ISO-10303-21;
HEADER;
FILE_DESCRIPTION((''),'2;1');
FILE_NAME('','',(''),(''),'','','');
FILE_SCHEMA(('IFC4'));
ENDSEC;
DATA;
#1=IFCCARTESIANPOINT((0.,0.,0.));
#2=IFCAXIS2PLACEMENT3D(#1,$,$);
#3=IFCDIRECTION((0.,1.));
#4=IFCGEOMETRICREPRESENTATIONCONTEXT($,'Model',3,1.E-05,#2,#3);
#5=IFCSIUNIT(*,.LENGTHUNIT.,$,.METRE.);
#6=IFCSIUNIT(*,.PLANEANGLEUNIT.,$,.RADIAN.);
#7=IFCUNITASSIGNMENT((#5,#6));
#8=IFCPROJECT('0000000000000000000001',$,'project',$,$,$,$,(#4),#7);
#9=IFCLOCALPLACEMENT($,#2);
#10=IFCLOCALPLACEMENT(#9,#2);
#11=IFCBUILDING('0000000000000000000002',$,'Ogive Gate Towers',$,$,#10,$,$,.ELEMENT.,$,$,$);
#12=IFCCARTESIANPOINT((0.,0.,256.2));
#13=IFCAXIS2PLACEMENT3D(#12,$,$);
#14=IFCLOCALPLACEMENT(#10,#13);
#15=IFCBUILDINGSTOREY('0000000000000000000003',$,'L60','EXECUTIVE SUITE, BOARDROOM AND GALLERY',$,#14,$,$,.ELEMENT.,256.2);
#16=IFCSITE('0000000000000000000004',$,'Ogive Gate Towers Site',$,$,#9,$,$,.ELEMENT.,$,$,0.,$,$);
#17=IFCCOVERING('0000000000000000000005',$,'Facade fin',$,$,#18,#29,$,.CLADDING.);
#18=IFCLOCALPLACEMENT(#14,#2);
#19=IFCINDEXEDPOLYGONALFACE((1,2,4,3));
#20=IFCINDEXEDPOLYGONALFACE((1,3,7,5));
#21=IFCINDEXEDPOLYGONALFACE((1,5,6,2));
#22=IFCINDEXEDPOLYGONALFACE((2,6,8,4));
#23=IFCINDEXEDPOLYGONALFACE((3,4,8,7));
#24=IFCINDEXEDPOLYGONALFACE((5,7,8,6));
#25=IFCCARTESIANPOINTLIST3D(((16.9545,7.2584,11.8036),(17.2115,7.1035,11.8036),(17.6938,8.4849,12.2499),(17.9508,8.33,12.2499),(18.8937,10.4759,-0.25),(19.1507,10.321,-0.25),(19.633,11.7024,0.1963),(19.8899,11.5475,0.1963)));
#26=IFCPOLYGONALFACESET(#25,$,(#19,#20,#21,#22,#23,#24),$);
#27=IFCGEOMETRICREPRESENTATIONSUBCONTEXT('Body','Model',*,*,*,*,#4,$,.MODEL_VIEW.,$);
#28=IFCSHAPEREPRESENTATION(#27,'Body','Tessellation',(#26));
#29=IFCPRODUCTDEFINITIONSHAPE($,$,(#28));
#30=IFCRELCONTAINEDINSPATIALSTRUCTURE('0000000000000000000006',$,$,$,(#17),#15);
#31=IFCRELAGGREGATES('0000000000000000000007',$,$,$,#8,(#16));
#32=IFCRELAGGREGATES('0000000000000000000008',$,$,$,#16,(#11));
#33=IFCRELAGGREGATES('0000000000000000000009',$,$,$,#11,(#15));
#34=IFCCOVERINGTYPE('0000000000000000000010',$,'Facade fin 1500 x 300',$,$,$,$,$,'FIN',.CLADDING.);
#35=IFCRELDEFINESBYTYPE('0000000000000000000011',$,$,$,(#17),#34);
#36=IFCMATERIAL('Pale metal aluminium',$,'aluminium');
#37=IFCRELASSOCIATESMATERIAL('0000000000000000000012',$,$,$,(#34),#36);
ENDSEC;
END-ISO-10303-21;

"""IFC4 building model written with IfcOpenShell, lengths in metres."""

from ifc_helpers import new_model, si_unit, direction, frame, origin, origin_2d, place, context, subcontext, project, spatial, rectangle, extrude, material, material_profile, profile_set, type_object, element, save


model = new_model("IFC4")

# Units and contexts
model_context = context("Model", 3, precision=1e-05, world=origin(), true_north=direction((0.0, 1.0)))
body_context = subcontext(model_context, "Body", "Model", "MODEL_VIEW")
ifc_project = project(units=[si_unit("LENGTHUNIT", "METRE"), si_unit("PLANEANGLEUNIT", "RADIAN")], contexts=[model_context])

# Site, building, storey
site_placement = place(None, origin())
site = spatial("IfcSite", under=ifc_project, at=site_placement, Name="Ogive Gate Towers Site", CompositionType="ELEMENT", RefElevation=0.0)
building_placement = place(site_placement, origin())
building = spatial("IfcBuilding", under=site, at=building_placement, Name="Ogive Gate Towers", CompositionType="ELEMENT")
storey_placement = place(building_placement, frame((0.0, 0.0, 256.2)))
storey = spatial("IfcBuildingStorey", under=building, at=storey_placement, Name="L60", Description="EXECUTIVE SUITE, BOARDROOM AND GALLERY", CompositionType="ELEMENT", Elevation=256.2)

# Shared definitions
ifc_material_1 = material(Name="Pale metal aluminium", Category="aluminium")

# Covering
ifc_material_profile_1 = material_profile(ifc_material_1, rectangle(XDim=0.3, YDim=1.5, at=origin_2d()), Name="1500 x 300 pale metal aluminium")
ifc_profile_set_1 = profile_set([ifc_material_profile_1], Name="Pale metal aluminium")
covering_type = type_object("IfcCoveringType", Name="Facade fin 1500 x 300", ElementType="FIN", PredefinedType="CLADDING", material=ifc_profile_set_1)
covering_1_placement = place(storey_placement, frame((19.3918, 11.0117, -0.0269), z_axis=(-0.153594, -0.254842, 0.954706), x_axis=(0.856471, -0.516196, 0.0)))
element("IfcCovering", 1, at=covering_1_placement, inside=storey, type_object=covering_type, Name="Facade fin", PredefinedType="CLADDING", context=body_context, shape_type="SweptSolid", body=[
    extrude(rectangle(XDim=0.3, YDim=1.5, at=origin_2d()), origin(), (0.0, 0.0, 1.0), 12.6255),
])

save(model, "model.ifc")
